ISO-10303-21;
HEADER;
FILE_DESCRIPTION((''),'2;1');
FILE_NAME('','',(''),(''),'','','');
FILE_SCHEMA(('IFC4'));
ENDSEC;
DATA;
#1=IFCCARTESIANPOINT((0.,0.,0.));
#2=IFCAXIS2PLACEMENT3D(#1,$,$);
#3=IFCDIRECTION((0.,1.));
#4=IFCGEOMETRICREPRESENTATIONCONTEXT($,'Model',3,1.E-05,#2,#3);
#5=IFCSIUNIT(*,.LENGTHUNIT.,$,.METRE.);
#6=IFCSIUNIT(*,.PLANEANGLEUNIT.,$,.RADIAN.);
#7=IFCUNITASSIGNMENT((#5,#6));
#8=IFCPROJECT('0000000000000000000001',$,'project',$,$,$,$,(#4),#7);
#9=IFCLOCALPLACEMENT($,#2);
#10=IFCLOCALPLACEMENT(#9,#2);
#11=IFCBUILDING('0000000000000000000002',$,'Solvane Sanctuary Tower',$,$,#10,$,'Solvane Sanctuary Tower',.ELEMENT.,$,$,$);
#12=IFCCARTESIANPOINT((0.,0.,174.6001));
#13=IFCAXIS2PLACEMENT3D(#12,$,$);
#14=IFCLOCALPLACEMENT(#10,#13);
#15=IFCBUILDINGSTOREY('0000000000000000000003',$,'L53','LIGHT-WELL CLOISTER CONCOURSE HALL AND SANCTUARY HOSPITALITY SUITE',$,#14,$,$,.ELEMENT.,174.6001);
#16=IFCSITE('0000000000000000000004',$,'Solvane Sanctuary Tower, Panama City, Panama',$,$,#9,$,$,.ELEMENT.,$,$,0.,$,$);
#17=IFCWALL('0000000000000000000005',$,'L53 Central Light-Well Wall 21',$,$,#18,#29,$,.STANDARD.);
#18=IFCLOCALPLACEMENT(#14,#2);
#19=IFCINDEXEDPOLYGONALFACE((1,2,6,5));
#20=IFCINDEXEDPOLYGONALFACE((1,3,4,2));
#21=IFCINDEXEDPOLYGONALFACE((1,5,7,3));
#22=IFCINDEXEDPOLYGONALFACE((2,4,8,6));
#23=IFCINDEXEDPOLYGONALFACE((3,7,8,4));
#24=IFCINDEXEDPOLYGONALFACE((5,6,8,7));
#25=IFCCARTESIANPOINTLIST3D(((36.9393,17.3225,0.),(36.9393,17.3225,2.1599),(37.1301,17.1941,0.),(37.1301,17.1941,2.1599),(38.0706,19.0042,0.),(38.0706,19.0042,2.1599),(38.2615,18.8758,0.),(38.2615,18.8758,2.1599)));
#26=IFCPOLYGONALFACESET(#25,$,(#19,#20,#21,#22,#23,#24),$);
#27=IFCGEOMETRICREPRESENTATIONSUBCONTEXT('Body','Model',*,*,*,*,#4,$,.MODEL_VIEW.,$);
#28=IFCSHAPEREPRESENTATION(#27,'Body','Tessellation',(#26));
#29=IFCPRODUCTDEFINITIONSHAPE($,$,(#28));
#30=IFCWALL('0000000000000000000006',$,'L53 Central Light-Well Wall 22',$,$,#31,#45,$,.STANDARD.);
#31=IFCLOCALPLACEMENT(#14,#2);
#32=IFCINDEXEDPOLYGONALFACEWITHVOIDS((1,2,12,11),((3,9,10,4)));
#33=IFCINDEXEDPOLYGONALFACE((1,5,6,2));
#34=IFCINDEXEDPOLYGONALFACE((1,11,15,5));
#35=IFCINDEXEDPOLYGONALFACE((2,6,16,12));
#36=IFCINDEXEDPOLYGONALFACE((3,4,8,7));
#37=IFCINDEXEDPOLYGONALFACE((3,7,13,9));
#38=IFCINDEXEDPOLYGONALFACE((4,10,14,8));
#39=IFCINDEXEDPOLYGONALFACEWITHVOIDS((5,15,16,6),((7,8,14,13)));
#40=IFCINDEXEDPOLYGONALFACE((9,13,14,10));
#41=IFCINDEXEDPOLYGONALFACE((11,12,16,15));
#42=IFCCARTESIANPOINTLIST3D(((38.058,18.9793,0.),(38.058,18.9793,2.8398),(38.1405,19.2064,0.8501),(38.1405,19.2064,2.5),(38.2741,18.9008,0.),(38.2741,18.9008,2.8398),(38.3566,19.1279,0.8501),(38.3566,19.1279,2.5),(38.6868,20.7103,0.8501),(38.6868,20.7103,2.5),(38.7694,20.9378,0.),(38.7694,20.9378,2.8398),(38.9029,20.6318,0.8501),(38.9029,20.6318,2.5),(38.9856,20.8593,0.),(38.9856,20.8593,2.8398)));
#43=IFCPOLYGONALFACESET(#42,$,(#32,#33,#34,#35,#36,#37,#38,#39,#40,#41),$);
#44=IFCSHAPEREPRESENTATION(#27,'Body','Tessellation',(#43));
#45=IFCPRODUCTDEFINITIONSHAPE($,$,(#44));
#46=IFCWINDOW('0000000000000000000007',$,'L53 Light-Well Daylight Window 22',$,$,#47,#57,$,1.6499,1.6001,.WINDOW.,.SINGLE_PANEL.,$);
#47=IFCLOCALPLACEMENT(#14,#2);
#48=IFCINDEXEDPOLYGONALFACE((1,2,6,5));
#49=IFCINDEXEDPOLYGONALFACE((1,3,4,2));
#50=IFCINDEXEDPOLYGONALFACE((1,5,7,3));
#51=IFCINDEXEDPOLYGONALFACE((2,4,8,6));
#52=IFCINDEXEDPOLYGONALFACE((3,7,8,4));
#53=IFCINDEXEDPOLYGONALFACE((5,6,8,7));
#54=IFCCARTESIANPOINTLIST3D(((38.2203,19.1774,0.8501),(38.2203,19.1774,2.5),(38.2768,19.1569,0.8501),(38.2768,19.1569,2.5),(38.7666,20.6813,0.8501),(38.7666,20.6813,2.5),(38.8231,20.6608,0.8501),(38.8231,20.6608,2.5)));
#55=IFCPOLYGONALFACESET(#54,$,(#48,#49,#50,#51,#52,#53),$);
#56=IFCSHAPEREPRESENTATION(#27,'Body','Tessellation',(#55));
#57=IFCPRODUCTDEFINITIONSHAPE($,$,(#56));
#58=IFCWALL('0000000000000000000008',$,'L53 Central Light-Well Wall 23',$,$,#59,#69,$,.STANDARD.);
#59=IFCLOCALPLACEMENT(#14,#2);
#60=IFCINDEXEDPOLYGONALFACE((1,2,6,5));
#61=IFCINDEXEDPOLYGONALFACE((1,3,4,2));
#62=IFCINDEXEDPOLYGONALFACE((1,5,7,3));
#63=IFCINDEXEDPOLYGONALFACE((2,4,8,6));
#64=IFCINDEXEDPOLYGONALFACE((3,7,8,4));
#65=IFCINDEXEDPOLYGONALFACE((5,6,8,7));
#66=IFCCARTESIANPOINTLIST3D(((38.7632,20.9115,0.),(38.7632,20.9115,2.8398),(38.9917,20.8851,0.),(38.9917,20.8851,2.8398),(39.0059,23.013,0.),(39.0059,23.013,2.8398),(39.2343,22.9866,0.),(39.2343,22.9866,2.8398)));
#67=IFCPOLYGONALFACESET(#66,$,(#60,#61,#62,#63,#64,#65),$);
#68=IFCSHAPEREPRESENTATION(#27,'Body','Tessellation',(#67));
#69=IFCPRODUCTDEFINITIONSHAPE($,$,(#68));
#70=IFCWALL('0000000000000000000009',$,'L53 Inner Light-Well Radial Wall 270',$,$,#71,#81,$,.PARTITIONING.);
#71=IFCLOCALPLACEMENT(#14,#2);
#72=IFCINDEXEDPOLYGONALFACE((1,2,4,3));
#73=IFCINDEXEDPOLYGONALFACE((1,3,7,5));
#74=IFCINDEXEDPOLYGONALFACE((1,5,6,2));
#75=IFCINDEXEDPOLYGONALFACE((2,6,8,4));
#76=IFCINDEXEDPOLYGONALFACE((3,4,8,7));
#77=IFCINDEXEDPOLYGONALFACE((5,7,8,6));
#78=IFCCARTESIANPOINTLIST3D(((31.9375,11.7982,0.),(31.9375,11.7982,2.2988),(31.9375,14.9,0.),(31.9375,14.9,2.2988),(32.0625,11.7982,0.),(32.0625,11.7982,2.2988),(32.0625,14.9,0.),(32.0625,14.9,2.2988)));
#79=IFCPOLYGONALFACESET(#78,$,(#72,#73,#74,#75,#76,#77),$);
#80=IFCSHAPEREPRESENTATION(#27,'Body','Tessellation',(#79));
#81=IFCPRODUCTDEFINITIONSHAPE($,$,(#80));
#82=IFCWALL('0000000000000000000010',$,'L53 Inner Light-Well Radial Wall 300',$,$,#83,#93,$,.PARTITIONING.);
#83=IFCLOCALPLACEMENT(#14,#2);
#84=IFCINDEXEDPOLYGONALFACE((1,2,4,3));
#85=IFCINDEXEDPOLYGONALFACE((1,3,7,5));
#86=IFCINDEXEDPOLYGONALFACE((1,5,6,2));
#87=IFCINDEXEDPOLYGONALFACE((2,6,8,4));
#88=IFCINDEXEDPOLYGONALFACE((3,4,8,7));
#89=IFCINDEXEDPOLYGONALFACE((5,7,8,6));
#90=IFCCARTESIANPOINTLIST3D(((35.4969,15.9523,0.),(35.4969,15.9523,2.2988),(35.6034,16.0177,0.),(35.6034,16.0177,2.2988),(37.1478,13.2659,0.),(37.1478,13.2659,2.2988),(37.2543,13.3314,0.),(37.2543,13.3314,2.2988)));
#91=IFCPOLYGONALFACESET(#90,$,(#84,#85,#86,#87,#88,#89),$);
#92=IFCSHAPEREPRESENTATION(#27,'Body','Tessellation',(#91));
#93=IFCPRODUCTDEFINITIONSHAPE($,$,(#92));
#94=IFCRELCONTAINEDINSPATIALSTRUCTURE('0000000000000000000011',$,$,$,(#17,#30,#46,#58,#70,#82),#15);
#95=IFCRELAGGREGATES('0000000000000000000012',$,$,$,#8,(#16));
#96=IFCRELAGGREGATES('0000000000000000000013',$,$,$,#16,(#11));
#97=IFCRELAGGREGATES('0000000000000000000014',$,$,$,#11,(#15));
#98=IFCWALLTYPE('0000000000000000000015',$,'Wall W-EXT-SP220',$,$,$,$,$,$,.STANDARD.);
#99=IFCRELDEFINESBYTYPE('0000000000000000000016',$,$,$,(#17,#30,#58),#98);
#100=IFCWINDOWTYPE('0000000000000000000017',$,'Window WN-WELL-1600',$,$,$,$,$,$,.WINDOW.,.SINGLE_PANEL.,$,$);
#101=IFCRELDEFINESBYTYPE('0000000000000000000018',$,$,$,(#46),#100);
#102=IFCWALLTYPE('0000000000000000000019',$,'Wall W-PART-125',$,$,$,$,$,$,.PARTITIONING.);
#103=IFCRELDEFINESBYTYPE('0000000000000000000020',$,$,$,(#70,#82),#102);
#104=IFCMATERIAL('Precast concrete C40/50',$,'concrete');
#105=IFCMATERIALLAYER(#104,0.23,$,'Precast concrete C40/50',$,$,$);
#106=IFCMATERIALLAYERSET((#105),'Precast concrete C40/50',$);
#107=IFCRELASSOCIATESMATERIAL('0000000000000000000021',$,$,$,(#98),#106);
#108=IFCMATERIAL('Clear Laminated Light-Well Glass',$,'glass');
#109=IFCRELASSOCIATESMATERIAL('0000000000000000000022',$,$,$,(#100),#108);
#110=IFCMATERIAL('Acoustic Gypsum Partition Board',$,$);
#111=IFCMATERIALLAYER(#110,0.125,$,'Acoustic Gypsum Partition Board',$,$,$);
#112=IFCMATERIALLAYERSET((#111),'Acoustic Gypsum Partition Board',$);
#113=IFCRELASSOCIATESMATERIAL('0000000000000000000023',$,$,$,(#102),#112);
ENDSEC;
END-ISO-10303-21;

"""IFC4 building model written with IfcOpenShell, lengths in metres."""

from ifc_helpers import new_model, si_unit, direction, frame, frame_2d, origin, place, context, subcontext, project, spatial, rectangle, extrude, material, layer, layer_set, type_object, element, fill, save


model = new_model("IFC4")

# Units and contexts
model_context = context("Model", 3, precision=1e-05, world=origin(), true_north=direction((0.0, 1.0)))
body_context = subcontext(model_context, "Body", "Model", "MODEL_VIEW")
ifc_project = project(units=[si_unit("LENGTHUNIT", "METRE"), si_unit("PLANEANGLEUNIT", "RADIAN")], contexts=[model_context])

# Site, building, storey
site_placement = place(None, origin())
site = spatial("IfcSite", under=ifc_project, at=site_placement, Name="Solvane Sanctuary Tower, Panama City, Panama", CompositionType="ELEMENT", RefElevation=0.0)
building_placement = place(site_placement, origin())
building = spatial("IfcBuilding", under=site, at=building_placement, Name="Solvane Sanctuary Tower", LongName="Solvane Sanctuary Tower", CompositionType="ELEMENT")
storey_placement = place(building_placement, frame((0.0, 0.0, 174.6001)))
storey = spatial("IfcBuildingStorey", under=building, at=storey_placement, Name="L53", Description="LIGHT-WELL CLOISTER CONCOURSE HALL AND SANCTUARY HOSPITALITY SUITE", CompositionType="ELEMENT", Elevation=174.6001)

# Wall
ifc_material_1 = material(Name="Precast concrete C40/50", Category="concrete")
ifc_layer_1 = layer(ifc_material_1, 0.23, Name="Precast concrete C40/50")
ifc_layer_set_1 = layer_set([ifc_layer_1], Name="Precast concrete C40/50")
wall_type_1 = type_object("IfcWallType", Name="Wall W-EXT-SP220", PredefinedType="STANDARD", material=ifc_layer_set_1)
wall_1_placement = place(storey_placement, frame((37.0347, 17.2583, 0.0), z_axis=(0.0, 0.0, 1.0), x_axis=(0.558198, 0.829708, 0.0)))
element("IfcWall", 1, at=wall_1_placement, inside=storey, type_object=wall_type_1, Name="L53 Central Light-Well Wall 21", PredefinedType="STANDARD", context=body_context, shape_type="SweptSolid", body=[
    extrude(rectangle(XDim=2.0269, YDim=0.23, at=frame_2d((1.0134, 0.0))), origin(), (0.0, 0.0, 1.0), 2.1599),
])

# Wall, opening, window
wall_2_placement = place(storey_placement, frame((38.166, 18.9399, 0.0), z_axis=(0.0, 0.0, 1.0), x_axis=(0.341423, 0.93991, 0.0)))
wall_2 = element("IfcWall", 2, at=wall_2_placement, inside=storey, type_object=wall_type_1, Name="L53 Central Light-Well Wall 22", PredefinedType="STANDARD", context=body_context, shape_type="SweptSolid", body=[
    extrude(rectangle(XDim=2.0837, YDim=0.23, at=frame_2d((1.042, 0.0))), origin(), (0.0, 0.0, 1.0), 2.8398),
])
opening_placement = place(wall_2_placement, frame((0.2417, 0.0, 0.8501)))
opening = element("IfcOpeningElement", 3, at=opening_placement, cuts=wall_2, PredefinedType="OPENING", context=body_context, shape_type="SweptSolid", body=[
    extrude(rectangle(XDim=1.6001, YDim=1.6499, at=frame_2d((0.8, 0.825))), frame((0.0, 0.125, 0.0), z_axis=(0.0, -1.0, 0.0), x_axis=(1.0, 0.0, 0.0)), (0.0, 0.0, 1.0), 0.25),
])
ifc_material_2 = material(Name="Clear Laminated Light-Well Glass", Category="glass")
window_type = type_object("IfcWindowType", Name="Window WN-WELL-1600", PartitioningType="SINGLE_PANEL", PredefinedType="WINDOW", material=ifc_material_2)
window_placement = place(opening_placement, origin())
window = element("IfcWindow", 4, at=window_placement, inside=storey, type_object=window_type, Name="L53 Light-Well Daylight Window 22", OverallHeight=1.6499, OverallWidth=1.6001, PartitioningType="SINGLE_PANEL", PredefinedType="WINDOW", context=body_context, shape_type="SweptSolid", body=[
    extrude(rectangle(XDim=1.6001, YDim=1.6499, at=frame_2d((0.8, 0.825))), frame((0.0, 0.03, 0.0), z_axis=(0.0, -1.0, 0.0), x_axis=(1.0, 0.0, 0.0)), (0.0, 0.0, 1.0), 0.0601),
])
fill(opening, window)

# Walls
wall_3_placement = place(storey_placement, frame((38.8774, 20.8984, 0.0), z_axis=(0.0, 0.0, 1.0), x_axis=(0.114712, 0.993399, 0.0)))
element("IfcWall", 5, at=wall_3_placement, inside=storey, type_object=wall_type_1, Name="L53 Central Light-Well Wall 23", PredefinedType="STANDARD", context=body_context, shape_type="SweptSolid", body=[
    extrude(rectangle(XDim=2.1155, YDim=0.23, at=frame_2d((1.0576, 0.0))), origin(), (0.0, 0.0, 1.0), 2.8398),
])
ifc_material_3 = material(Name="Acoustic Gypsum Partition Board")
ifc_layer_2 = layer(ifc_material_3, 0.125, Name="Acoustic Gypsum Partition Board")
ifc_layer_set_2 = layer_set([ifc_layer_2], Name="Acoustic Gypsum Partition Board")
wall_type_2 = type_object("IfcWallType", Name="Wall W-PART-125", PredefinedType="PARTITIONING", material=ifc_layer_set_2)
wall_4_placement = place(storey_placement, frame((32.0, 14.8999, 0.0), z_axis=(0.0, 0.0, 1.0), x_axis=(0.0, -1.0, 0.0)))
element("IfcWall", 6, at=wall_4_placement, inside=storey, type_object=wall_type_2, Name="L53 Inner Light-Well Radial Wall 270", PredefinedType="PARTITIONING", context=body_context, shape_type="SweptSolid", body=[
    extrude(rectangle(XDim=3.1018, YDim=0.125, at=frame_2d((1.5508, 0.0))), origin(), (0.0, 0.0, 1.0), 2.2988),
])
wall_5_placement = place(storey_placement, frame((35.55, 15.9851, 0.0), z_axis=(0.0, 0.0, 1.0), x_axis=(0.523588, -0.851972, 0.0)))
element("IfcWall", 7, at=wall_5_placement, inside=storey, type_object=wall_type_2, Name="L53 Inner Light-Well Radial Wall 300", PredefinedType="PARTITIONING", context=body_context, shape_type="SweptSolid", body=[
    extrude(rectangle(XDim=3.1531, YDim=0.125, at=frame_2d((1.5767, 0.0))), origin(), (0.0, 0.0, 1.0), 2.2988),
])

save(model, "model.ifc")
